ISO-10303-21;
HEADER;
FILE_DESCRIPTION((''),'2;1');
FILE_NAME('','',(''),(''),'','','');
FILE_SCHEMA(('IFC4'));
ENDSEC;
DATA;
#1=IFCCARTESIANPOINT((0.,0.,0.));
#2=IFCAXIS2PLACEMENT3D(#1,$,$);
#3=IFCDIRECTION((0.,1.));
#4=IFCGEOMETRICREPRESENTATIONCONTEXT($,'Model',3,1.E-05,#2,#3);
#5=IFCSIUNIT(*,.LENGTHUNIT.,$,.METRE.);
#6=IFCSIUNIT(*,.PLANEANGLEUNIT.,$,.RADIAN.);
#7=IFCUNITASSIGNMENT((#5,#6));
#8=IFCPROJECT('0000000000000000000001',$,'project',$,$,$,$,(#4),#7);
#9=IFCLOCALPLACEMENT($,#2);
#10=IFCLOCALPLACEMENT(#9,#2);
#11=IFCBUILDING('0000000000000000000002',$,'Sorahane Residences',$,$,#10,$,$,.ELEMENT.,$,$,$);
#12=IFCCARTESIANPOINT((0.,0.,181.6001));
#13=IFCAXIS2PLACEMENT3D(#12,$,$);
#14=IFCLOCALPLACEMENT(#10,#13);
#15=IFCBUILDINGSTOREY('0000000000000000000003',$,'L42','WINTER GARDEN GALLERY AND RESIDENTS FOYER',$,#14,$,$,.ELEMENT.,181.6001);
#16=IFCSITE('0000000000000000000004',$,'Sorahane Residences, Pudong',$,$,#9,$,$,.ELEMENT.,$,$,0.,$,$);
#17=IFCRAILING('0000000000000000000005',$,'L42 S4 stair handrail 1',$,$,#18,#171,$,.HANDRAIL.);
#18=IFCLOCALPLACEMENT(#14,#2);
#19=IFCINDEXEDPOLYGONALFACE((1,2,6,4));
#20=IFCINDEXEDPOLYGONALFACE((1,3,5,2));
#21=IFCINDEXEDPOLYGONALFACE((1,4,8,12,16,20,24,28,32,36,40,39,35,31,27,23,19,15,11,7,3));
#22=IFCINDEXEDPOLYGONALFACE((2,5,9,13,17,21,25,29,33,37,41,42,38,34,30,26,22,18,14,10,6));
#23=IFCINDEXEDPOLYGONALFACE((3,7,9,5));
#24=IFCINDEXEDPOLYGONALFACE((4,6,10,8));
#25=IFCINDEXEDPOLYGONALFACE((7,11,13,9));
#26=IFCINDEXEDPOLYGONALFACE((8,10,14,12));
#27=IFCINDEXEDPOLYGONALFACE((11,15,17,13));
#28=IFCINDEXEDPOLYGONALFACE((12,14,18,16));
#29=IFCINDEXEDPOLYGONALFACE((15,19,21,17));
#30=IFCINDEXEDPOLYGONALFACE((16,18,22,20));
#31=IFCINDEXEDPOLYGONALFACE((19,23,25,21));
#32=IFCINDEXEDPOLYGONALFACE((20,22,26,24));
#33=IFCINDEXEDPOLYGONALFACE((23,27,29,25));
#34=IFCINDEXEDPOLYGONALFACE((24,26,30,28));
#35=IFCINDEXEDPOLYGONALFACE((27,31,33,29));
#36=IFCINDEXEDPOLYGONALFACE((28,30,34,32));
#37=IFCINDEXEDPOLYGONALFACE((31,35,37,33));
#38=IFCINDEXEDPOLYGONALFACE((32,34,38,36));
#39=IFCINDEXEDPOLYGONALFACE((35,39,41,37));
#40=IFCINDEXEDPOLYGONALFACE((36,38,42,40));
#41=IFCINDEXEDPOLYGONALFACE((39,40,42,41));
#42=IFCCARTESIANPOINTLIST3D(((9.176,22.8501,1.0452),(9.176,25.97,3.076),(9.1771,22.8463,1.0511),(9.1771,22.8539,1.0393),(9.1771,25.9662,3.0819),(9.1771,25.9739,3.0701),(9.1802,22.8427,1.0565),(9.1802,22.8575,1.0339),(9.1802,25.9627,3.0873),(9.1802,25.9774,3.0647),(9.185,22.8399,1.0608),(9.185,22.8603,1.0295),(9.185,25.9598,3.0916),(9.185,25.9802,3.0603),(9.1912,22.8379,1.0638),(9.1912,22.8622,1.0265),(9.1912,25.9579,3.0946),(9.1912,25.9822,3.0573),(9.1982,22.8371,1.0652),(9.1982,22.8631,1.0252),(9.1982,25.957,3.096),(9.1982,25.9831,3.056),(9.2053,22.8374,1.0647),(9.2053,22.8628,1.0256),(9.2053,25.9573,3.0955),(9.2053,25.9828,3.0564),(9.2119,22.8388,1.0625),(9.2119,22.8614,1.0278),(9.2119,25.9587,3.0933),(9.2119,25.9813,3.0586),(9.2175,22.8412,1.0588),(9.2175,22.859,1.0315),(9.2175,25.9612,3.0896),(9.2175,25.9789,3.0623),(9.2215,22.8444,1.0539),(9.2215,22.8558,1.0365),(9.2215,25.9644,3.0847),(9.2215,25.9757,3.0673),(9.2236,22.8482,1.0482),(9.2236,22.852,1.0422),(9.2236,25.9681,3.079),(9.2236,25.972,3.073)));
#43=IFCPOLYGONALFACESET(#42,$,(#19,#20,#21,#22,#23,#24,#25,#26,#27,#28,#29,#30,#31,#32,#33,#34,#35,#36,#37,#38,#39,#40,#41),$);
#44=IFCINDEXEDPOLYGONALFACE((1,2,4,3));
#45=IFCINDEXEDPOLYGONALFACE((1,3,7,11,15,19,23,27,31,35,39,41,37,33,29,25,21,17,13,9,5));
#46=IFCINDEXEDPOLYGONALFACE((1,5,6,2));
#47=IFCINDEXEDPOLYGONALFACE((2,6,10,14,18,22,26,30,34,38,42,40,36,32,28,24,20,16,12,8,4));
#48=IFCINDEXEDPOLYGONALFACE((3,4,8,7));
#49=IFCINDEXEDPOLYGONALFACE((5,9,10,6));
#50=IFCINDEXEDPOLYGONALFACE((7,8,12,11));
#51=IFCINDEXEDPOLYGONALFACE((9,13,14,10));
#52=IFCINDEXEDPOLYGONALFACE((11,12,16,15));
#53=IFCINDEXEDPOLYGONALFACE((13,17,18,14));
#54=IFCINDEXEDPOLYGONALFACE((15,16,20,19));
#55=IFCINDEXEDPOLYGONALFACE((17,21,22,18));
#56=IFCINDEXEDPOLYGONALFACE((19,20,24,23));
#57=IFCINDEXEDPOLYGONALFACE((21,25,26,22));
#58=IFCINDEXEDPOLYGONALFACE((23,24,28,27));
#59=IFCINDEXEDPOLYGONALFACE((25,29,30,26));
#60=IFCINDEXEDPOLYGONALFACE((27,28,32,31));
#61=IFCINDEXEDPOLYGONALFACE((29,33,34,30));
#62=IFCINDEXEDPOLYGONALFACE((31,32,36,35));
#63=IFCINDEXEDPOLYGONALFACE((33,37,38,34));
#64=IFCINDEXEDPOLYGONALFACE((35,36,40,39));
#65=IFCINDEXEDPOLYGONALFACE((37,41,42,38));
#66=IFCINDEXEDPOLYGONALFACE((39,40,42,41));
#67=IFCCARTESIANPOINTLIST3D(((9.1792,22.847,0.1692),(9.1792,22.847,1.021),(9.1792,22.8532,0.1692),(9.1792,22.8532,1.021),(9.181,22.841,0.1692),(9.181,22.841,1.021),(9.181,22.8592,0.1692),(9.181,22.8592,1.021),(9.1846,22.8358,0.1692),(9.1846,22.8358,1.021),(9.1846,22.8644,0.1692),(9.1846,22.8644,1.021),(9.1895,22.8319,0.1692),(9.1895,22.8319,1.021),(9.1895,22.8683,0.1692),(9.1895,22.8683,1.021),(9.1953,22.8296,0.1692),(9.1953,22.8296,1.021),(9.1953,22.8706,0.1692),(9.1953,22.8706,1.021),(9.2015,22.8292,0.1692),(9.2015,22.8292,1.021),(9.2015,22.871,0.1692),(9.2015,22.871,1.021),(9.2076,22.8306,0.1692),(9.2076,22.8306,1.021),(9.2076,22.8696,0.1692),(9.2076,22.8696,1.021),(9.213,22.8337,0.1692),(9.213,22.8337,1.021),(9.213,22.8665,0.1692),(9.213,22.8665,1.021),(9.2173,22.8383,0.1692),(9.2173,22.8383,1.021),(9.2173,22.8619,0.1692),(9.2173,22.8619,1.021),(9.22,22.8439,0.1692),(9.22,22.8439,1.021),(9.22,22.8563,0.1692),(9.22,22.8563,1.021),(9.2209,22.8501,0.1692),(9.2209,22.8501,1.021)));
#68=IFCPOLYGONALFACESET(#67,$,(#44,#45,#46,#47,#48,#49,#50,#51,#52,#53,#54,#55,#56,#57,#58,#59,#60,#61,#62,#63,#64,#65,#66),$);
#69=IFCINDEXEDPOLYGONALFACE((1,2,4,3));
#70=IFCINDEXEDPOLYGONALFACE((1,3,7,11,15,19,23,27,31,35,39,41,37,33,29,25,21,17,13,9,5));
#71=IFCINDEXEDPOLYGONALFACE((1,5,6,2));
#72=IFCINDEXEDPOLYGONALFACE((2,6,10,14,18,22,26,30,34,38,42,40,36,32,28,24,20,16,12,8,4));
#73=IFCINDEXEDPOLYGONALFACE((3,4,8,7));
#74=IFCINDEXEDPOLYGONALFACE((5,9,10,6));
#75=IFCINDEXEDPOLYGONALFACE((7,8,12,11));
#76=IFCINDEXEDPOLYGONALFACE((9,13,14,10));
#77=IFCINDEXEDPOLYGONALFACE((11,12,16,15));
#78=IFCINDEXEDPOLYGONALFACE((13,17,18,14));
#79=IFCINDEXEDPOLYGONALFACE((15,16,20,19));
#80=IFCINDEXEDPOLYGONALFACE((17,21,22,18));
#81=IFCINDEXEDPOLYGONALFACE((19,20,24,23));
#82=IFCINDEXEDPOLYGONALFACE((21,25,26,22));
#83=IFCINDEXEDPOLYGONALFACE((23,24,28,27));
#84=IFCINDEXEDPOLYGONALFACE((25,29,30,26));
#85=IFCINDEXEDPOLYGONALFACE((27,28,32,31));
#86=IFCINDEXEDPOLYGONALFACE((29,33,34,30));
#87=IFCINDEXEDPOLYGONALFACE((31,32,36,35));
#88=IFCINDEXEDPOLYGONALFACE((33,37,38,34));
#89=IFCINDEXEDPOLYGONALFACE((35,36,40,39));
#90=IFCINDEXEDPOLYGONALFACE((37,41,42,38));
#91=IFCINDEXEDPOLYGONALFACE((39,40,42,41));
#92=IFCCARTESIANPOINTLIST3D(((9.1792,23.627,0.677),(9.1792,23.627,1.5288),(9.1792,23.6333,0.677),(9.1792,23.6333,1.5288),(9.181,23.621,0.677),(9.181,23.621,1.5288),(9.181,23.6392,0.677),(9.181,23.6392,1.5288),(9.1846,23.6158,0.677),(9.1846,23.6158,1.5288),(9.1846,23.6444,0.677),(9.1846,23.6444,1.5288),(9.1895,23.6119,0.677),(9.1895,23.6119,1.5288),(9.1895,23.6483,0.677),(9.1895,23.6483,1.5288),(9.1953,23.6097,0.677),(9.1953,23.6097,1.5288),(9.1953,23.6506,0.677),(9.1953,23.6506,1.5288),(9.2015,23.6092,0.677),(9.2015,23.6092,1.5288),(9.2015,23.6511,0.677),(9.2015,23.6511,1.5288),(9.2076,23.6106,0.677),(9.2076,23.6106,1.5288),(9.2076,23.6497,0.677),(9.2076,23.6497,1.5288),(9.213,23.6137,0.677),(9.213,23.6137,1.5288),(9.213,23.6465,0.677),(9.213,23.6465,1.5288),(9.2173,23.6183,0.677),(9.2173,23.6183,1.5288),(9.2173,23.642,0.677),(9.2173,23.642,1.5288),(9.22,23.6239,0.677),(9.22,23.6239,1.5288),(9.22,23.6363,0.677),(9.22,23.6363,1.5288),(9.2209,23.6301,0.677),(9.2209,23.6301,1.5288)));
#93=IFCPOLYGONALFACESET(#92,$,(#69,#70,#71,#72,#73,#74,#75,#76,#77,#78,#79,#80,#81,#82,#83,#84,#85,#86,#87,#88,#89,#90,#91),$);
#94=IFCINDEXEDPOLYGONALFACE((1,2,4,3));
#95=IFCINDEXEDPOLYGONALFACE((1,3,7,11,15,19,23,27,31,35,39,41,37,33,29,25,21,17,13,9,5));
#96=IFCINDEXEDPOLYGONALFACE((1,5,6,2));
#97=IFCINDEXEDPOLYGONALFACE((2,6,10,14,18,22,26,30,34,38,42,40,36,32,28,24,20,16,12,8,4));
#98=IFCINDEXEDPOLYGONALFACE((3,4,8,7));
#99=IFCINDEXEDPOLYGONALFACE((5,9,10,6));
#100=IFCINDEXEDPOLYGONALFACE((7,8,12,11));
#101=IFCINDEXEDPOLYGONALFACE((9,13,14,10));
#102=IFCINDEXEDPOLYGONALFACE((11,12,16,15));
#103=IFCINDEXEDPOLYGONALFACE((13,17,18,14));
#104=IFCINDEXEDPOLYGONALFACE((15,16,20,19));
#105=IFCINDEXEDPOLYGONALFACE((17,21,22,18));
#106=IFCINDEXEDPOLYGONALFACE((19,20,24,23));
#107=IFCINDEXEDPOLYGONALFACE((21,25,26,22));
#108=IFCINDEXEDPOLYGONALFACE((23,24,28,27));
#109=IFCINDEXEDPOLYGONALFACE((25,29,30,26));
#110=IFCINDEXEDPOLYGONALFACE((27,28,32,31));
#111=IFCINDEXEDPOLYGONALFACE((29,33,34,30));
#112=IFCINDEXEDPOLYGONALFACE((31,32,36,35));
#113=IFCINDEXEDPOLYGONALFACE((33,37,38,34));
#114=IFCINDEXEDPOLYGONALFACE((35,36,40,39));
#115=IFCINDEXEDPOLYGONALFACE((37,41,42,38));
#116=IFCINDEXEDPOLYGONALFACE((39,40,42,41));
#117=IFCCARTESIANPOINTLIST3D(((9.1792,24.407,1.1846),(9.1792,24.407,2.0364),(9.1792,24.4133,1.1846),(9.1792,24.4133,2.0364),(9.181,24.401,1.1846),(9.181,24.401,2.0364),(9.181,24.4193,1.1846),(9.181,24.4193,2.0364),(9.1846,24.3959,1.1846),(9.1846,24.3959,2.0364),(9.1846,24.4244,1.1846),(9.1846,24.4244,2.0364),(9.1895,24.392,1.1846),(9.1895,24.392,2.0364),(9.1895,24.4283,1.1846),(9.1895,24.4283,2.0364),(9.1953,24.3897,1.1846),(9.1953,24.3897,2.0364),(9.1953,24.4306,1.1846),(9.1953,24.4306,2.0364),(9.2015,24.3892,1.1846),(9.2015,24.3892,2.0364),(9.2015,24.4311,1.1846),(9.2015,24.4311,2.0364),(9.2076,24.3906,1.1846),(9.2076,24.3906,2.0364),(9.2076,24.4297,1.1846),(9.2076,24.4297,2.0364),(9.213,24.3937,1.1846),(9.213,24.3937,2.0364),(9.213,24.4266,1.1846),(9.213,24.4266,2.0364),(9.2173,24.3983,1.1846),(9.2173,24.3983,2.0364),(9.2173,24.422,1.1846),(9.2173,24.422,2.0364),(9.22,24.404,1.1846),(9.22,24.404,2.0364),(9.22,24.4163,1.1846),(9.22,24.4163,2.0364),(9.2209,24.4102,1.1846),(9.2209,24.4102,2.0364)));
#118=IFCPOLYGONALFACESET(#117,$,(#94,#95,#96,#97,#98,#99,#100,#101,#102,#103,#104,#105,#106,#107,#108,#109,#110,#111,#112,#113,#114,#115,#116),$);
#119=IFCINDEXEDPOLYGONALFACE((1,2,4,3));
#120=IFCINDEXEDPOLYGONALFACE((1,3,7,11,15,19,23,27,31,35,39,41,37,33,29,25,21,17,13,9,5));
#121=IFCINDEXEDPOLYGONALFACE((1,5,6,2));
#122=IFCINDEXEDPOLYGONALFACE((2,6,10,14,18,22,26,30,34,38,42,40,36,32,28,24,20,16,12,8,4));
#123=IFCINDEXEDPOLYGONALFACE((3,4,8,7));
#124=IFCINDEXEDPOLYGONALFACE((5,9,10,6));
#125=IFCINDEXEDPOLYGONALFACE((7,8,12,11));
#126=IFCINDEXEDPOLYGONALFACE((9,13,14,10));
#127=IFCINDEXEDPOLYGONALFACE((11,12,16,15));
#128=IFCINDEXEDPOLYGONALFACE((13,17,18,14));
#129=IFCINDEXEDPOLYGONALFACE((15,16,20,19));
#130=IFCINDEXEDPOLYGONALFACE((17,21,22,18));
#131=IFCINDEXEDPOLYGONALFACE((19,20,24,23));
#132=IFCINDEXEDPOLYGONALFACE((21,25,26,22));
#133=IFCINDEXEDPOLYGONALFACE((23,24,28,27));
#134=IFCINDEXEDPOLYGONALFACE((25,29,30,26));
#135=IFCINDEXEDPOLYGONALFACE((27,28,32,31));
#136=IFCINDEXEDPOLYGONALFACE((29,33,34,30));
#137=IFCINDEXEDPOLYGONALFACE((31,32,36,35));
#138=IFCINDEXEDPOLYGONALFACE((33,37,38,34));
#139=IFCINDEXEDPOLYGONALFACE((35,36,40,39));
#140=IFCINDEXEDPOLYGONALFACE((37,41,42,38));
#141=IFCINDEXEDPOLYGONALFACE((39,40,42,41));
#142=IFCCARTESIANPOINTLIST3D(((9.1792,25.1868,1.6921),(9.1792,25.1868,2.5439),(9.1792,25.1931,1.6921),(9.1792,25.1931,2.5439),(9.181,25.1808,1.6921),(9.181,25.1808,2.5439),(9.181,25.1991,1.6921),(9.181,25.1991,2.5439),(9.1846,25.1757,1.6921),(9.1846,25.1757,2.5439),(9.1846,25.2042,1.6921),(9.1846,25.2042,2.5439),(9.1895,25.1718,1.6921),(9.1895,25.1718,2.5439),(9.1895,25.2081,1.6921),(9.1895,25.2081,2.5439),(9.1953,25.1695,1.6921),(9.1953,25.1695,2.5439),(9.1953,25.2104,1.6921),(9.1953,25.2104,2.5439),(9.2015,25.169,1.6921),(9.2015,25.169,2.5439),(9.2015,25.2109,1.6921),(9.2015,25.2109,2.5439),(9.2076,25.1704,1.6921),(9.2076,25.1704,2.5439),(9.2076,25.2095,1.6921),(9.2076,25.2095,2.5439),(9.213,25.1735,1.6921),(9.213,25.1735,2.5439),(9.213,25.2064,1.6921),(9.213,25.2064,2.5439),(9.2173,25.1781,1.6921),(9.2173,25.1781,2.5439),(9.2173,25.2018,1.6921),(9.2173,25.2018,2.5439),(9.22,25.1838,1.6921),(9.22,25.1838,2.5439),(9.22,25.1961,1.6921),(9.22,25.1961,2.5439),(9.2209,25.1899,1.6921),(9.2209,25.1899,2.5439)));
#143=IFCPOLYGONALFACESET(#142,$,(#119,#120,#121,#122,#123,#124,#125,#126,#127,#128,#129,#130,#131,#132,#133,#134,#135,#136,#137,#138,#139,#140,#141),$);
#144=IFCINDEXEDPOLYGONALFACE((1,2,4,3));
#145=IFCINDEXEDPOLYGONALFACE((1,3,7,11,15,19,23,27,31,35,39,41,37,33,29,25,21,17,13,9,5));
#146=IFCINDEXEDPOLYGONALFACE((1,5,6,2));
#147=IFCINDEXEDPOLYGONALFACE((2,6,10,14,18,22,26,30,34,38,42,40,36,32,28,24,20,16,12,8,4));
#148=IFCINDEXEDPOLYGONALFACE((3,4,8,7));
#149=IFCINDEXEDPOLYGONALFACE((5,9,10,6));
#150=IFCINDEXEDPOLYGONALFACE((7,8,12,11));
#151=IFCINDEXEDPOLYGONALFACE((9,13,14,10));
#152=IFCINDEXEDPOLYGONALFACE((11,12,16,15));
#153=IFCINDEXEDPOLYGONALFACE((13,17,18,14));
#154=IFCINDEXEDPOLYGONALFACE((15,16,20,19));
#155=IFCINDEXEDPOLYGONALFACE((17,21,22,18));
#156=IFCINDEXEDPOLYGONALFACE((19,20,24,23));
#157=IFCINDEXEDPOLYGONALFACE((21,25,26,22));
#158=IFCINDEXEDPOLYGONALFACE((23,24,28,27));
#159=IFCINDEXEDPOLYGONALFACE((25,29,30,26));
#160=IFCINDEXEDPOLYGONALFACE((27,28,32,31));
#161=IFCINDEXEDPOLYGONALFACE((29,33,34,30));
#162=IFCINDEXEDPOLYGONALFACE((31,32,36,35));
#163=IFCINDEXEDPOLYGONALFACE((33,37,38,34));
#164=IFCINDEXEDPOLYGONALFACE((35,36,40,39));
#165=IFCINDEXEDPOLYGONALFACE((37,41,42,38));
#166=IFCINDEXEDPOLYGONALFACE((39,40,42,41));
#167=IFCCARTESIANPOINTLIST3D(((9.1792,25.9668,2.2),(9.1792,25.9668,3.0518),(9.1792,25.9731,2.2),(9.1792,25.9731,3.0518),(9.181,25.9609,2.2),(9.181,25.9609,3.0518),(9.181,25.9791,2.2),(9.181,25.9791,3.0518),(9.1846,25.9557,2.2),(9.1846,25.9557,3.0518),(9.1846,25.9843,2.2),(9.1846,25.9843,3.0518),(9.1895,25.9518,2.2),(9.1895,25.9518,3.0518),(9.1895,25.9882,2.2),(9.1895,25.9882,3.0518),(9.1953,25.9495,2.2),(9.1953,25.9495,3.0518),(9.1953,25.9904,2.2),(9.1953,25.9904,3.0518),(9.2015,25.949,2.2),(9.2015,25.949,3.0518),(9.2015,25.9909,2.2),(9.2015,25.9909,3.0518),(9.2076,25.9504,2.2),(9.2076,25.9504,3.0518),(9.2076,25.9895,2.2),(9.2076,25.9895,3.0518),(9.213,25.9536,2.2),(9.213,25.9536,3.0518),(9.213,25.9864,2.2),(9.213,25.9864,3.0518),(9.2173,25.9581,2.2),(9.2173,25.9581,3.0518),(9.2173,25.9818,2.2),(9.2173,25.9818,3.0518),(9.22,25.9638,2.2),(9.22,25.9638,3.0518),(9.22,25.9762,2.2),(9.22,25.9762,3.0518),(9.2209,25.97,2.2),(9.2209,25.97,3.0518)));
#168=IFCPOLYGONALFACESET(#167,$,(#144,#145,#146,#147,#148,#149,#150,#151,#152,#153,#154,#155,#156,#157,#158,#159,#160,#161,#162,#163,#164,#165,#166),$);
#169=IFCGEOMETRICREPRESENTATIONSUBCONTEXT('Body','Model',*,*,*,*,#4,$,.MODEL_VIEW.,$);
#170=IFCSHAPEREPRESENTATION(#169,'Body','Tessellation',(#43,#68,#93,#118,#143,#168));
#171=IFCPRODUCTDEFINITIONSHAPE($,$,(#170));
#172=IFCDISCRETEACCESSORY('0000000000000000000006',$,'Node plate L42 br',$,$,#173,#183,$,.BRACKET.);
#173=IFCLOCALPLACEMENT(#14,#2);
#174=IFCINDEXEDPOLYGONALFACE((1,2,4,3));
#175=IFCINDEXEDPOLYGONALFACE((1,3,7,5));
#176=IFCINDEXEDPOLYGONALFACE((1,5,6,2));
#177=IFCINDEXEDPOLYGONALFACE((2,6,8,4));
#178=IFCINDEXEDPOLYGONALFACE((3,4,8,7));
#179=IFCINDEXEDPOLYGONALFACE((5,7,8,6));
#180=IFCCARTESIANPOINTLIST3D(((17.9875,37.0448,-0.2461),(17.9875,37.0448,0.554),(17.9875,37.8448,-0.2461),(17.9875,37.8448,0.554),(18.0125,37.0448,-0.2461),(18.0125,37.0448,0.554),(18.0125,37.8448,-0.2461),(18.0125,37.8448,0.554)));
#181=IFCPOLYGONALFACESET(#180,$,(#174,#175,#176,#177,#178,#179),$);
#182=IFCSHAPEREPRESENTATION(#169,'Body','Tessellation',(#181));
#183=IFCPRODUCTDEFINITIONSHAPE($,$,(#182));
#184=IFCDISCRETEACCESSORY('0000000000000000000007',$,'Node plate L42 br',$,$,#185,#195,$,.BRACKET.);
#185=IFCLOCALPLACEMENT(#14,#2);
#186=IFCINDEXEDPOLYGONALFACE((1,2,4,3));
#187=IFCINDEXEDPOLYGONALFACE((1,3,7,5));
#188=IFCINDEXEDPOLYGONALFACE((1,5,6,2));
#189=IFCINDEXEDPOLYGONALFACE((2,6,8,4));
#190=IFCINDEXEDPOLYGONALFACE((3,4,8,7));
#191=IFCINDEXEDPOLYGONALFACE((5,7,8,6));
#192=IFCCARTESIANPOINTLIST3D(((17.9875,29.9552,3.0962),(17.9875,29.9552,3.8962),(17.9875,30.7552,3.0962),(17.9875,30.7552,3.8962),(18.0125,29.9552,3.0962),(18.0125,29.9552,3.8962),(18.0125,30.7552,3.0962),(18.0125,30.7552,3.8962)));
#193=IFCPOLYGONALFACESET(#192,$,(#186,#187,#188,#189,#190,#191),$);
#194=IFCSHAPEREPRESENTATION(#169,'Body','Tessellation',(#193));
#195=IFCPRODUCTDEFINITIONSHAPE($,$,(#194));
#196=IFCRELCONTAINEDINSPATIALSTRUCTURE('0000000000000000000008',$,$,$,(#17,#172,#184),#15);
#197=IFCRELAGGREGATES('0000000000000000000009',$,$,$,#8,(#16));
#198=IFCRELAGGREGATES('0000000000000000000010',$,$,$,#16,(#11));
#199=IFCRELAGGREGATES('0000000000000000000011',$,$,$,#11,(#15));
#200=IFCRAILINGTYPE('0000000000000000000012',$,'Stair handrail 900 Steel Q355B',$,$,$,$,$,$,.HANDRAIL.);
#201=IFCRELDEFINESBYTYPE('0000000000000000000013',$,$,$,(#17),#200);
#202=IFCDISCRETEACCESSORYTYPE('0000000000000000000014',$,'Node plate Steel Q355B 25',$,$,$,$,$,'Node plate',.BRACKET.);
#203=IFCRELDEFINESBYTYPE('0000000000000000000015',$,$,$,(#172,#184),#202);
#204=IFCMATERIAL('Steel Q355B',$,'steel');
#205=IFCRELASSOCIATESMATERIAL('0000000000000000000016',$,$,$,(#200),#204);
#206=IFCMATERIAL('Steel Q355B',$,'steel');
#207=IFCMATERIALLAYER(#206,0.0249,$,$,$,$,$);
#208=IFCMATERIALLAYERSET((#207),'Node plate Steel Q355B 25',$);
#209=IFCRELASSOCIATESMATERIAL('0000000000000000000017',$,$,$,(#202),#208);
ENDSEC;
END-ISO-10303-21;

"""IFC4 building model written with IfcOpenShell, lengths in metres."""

from ifc_helpers import new_model, si_unit, direction, frame, origin, origin_2d, place, context, subcontext, project, spatial, rectangle, circle, extrude, material, layer, layer_set, type_object, element, save


model = new_model("IFC4")

# Units and contexts
model_context = context("Model", 3, precision=1e-05, world=origin(), true_north=direction((0.0, 1.0)))
body_context = subcontext(model_context, "Body", "Model", "MODEL_VIEW")
ifc_project = project(units=[si_unit("LENGTHUNIT", "METRE"), si_unit("PLANEANGLEUNIT", "RADIAN")], contexts=[model_context])

# Site, building, storey
site_placement = place(None, origin())
site = spatial("IfcSite", under=ifc_project, at=site_placement, Name="Sorahane Residences, Pudong", CompositionType="ELEMENT", RefElevation=0.0)
building_placement = place(site_placement, origin())
building = spatial("IfcBuilding", under=site, at=building_placement, Name="Sorahane Residences", CompositionType="ELEMENT")
storey_placement = place(building_placement, frame((0.0, 0.0, 181.6001)))
storey = spatial("IfcBuildingStorey", under=building, at=storey_placement, Name="L42", Description="WINTER GARDEN GALLERY AND RESIDENTS FOYER", CompositionType="ELEMENT", Elevation=181.6001)

# Railing
ifc_material_1 = material(Name="Steel Q355B", Category="steel")
railing_type_1 = type_object("IfcRailingType", Name="Stair handrail 900 Steel Q355B", PredefinedType="HANDRAIL", material=ifc_material_1)
railing_1_placement = place(storey_placement, frame((9.2, 22.8501, 0.1692)))
element("IfcRailing", 1, at=railing_1_placement, inside=storey, type_object=railing_type_1, Name="L42 S4 stair handrail 1", PredefinedType="HANDRAIL", context=body_context, shape_type="SweptSolid", body=[
    extrude(circle(Radius=0.0239, at=origin_2d()), frame((0.0, 0.0, 0.876), z_axis=(0.0, 0.838094, 0.545525), x_axis=(-1.0, 0.0, 0.0)), (0.0, 0.0, 1.0), 3.7227),
    extrude(circle(Radius=0.021, at=origin_2d()), origin(), (0.0, 0.0, 1.0), 0.8518),
    extrude(circle(Radius=0.021, at=origin_2d()), frame((0.0, 0.78, 0.5078)), (0.0, 0.0, 1.0), 0.8518),
    extrude(circle(Radius=0.021, at=origin_2d()), frame((0.0, 1.5601, 1.0154)), (0.0, 0.0, 1.0), 0.8518),
    extrude(circle(Radius=0.021, at=origin_2d()), frame((0.0, 2.3398, 1.5229)), (0.0, 0.0, 1.0), 0.8518),
    extrude(circle(Radius=0.021, at=origin_2d()), frame((0.0, 3.1199, 2.0308)), (0.0, 0.0, 1.0), 0.8518),
])

# Discrete accessories
ifc_material_2 = material(Name="Steel Q355B", Category="steel")
ifc_layer_1 = layer(ifc_material_2, 0.0249)
ifc_layer_set_1 = layer_set([ifc_layer_1], Name="Node plate Steel Q355B 25")
discrete_accessory_type = type_object("IfcDiscreteAccessoryType", Name="Node plate Steel Q355B 25", ElementType="Node plate", PredefinedType="BRACKET", material=ifc_layer_set_1)
for number, where, z_axis, x_axis, name in (
    (2, (18.0, 37.4448, -0.2461), (0.0, 0.0, 1.0), (0.0, 1.0, 0.0), "Node plate L42 br"),
    (3, (18.0, 30.3552, 3.0962), (0.0, 0.0, 1.0), (0.0, 1.0, 0.0), "Node plate L42 br"),
):
    element("IfcDiscreteAccessory", number, at=place(storey_placement, frame(where, z_axis=z_axis, x_axis=x_axis)), inside=storey, type_object=discrete_accessory_type, Name=name, PredefinedType="BRACKET", context=body_context, shape_type="SweptSolid", body=[
        extrude(rectangle(XDim=0.8, YDim=0.0249, at=origin_2d()), origin(), (0.0, 0.0, 1.0), 0.8),
    ])

save(model, "model.ifc")
